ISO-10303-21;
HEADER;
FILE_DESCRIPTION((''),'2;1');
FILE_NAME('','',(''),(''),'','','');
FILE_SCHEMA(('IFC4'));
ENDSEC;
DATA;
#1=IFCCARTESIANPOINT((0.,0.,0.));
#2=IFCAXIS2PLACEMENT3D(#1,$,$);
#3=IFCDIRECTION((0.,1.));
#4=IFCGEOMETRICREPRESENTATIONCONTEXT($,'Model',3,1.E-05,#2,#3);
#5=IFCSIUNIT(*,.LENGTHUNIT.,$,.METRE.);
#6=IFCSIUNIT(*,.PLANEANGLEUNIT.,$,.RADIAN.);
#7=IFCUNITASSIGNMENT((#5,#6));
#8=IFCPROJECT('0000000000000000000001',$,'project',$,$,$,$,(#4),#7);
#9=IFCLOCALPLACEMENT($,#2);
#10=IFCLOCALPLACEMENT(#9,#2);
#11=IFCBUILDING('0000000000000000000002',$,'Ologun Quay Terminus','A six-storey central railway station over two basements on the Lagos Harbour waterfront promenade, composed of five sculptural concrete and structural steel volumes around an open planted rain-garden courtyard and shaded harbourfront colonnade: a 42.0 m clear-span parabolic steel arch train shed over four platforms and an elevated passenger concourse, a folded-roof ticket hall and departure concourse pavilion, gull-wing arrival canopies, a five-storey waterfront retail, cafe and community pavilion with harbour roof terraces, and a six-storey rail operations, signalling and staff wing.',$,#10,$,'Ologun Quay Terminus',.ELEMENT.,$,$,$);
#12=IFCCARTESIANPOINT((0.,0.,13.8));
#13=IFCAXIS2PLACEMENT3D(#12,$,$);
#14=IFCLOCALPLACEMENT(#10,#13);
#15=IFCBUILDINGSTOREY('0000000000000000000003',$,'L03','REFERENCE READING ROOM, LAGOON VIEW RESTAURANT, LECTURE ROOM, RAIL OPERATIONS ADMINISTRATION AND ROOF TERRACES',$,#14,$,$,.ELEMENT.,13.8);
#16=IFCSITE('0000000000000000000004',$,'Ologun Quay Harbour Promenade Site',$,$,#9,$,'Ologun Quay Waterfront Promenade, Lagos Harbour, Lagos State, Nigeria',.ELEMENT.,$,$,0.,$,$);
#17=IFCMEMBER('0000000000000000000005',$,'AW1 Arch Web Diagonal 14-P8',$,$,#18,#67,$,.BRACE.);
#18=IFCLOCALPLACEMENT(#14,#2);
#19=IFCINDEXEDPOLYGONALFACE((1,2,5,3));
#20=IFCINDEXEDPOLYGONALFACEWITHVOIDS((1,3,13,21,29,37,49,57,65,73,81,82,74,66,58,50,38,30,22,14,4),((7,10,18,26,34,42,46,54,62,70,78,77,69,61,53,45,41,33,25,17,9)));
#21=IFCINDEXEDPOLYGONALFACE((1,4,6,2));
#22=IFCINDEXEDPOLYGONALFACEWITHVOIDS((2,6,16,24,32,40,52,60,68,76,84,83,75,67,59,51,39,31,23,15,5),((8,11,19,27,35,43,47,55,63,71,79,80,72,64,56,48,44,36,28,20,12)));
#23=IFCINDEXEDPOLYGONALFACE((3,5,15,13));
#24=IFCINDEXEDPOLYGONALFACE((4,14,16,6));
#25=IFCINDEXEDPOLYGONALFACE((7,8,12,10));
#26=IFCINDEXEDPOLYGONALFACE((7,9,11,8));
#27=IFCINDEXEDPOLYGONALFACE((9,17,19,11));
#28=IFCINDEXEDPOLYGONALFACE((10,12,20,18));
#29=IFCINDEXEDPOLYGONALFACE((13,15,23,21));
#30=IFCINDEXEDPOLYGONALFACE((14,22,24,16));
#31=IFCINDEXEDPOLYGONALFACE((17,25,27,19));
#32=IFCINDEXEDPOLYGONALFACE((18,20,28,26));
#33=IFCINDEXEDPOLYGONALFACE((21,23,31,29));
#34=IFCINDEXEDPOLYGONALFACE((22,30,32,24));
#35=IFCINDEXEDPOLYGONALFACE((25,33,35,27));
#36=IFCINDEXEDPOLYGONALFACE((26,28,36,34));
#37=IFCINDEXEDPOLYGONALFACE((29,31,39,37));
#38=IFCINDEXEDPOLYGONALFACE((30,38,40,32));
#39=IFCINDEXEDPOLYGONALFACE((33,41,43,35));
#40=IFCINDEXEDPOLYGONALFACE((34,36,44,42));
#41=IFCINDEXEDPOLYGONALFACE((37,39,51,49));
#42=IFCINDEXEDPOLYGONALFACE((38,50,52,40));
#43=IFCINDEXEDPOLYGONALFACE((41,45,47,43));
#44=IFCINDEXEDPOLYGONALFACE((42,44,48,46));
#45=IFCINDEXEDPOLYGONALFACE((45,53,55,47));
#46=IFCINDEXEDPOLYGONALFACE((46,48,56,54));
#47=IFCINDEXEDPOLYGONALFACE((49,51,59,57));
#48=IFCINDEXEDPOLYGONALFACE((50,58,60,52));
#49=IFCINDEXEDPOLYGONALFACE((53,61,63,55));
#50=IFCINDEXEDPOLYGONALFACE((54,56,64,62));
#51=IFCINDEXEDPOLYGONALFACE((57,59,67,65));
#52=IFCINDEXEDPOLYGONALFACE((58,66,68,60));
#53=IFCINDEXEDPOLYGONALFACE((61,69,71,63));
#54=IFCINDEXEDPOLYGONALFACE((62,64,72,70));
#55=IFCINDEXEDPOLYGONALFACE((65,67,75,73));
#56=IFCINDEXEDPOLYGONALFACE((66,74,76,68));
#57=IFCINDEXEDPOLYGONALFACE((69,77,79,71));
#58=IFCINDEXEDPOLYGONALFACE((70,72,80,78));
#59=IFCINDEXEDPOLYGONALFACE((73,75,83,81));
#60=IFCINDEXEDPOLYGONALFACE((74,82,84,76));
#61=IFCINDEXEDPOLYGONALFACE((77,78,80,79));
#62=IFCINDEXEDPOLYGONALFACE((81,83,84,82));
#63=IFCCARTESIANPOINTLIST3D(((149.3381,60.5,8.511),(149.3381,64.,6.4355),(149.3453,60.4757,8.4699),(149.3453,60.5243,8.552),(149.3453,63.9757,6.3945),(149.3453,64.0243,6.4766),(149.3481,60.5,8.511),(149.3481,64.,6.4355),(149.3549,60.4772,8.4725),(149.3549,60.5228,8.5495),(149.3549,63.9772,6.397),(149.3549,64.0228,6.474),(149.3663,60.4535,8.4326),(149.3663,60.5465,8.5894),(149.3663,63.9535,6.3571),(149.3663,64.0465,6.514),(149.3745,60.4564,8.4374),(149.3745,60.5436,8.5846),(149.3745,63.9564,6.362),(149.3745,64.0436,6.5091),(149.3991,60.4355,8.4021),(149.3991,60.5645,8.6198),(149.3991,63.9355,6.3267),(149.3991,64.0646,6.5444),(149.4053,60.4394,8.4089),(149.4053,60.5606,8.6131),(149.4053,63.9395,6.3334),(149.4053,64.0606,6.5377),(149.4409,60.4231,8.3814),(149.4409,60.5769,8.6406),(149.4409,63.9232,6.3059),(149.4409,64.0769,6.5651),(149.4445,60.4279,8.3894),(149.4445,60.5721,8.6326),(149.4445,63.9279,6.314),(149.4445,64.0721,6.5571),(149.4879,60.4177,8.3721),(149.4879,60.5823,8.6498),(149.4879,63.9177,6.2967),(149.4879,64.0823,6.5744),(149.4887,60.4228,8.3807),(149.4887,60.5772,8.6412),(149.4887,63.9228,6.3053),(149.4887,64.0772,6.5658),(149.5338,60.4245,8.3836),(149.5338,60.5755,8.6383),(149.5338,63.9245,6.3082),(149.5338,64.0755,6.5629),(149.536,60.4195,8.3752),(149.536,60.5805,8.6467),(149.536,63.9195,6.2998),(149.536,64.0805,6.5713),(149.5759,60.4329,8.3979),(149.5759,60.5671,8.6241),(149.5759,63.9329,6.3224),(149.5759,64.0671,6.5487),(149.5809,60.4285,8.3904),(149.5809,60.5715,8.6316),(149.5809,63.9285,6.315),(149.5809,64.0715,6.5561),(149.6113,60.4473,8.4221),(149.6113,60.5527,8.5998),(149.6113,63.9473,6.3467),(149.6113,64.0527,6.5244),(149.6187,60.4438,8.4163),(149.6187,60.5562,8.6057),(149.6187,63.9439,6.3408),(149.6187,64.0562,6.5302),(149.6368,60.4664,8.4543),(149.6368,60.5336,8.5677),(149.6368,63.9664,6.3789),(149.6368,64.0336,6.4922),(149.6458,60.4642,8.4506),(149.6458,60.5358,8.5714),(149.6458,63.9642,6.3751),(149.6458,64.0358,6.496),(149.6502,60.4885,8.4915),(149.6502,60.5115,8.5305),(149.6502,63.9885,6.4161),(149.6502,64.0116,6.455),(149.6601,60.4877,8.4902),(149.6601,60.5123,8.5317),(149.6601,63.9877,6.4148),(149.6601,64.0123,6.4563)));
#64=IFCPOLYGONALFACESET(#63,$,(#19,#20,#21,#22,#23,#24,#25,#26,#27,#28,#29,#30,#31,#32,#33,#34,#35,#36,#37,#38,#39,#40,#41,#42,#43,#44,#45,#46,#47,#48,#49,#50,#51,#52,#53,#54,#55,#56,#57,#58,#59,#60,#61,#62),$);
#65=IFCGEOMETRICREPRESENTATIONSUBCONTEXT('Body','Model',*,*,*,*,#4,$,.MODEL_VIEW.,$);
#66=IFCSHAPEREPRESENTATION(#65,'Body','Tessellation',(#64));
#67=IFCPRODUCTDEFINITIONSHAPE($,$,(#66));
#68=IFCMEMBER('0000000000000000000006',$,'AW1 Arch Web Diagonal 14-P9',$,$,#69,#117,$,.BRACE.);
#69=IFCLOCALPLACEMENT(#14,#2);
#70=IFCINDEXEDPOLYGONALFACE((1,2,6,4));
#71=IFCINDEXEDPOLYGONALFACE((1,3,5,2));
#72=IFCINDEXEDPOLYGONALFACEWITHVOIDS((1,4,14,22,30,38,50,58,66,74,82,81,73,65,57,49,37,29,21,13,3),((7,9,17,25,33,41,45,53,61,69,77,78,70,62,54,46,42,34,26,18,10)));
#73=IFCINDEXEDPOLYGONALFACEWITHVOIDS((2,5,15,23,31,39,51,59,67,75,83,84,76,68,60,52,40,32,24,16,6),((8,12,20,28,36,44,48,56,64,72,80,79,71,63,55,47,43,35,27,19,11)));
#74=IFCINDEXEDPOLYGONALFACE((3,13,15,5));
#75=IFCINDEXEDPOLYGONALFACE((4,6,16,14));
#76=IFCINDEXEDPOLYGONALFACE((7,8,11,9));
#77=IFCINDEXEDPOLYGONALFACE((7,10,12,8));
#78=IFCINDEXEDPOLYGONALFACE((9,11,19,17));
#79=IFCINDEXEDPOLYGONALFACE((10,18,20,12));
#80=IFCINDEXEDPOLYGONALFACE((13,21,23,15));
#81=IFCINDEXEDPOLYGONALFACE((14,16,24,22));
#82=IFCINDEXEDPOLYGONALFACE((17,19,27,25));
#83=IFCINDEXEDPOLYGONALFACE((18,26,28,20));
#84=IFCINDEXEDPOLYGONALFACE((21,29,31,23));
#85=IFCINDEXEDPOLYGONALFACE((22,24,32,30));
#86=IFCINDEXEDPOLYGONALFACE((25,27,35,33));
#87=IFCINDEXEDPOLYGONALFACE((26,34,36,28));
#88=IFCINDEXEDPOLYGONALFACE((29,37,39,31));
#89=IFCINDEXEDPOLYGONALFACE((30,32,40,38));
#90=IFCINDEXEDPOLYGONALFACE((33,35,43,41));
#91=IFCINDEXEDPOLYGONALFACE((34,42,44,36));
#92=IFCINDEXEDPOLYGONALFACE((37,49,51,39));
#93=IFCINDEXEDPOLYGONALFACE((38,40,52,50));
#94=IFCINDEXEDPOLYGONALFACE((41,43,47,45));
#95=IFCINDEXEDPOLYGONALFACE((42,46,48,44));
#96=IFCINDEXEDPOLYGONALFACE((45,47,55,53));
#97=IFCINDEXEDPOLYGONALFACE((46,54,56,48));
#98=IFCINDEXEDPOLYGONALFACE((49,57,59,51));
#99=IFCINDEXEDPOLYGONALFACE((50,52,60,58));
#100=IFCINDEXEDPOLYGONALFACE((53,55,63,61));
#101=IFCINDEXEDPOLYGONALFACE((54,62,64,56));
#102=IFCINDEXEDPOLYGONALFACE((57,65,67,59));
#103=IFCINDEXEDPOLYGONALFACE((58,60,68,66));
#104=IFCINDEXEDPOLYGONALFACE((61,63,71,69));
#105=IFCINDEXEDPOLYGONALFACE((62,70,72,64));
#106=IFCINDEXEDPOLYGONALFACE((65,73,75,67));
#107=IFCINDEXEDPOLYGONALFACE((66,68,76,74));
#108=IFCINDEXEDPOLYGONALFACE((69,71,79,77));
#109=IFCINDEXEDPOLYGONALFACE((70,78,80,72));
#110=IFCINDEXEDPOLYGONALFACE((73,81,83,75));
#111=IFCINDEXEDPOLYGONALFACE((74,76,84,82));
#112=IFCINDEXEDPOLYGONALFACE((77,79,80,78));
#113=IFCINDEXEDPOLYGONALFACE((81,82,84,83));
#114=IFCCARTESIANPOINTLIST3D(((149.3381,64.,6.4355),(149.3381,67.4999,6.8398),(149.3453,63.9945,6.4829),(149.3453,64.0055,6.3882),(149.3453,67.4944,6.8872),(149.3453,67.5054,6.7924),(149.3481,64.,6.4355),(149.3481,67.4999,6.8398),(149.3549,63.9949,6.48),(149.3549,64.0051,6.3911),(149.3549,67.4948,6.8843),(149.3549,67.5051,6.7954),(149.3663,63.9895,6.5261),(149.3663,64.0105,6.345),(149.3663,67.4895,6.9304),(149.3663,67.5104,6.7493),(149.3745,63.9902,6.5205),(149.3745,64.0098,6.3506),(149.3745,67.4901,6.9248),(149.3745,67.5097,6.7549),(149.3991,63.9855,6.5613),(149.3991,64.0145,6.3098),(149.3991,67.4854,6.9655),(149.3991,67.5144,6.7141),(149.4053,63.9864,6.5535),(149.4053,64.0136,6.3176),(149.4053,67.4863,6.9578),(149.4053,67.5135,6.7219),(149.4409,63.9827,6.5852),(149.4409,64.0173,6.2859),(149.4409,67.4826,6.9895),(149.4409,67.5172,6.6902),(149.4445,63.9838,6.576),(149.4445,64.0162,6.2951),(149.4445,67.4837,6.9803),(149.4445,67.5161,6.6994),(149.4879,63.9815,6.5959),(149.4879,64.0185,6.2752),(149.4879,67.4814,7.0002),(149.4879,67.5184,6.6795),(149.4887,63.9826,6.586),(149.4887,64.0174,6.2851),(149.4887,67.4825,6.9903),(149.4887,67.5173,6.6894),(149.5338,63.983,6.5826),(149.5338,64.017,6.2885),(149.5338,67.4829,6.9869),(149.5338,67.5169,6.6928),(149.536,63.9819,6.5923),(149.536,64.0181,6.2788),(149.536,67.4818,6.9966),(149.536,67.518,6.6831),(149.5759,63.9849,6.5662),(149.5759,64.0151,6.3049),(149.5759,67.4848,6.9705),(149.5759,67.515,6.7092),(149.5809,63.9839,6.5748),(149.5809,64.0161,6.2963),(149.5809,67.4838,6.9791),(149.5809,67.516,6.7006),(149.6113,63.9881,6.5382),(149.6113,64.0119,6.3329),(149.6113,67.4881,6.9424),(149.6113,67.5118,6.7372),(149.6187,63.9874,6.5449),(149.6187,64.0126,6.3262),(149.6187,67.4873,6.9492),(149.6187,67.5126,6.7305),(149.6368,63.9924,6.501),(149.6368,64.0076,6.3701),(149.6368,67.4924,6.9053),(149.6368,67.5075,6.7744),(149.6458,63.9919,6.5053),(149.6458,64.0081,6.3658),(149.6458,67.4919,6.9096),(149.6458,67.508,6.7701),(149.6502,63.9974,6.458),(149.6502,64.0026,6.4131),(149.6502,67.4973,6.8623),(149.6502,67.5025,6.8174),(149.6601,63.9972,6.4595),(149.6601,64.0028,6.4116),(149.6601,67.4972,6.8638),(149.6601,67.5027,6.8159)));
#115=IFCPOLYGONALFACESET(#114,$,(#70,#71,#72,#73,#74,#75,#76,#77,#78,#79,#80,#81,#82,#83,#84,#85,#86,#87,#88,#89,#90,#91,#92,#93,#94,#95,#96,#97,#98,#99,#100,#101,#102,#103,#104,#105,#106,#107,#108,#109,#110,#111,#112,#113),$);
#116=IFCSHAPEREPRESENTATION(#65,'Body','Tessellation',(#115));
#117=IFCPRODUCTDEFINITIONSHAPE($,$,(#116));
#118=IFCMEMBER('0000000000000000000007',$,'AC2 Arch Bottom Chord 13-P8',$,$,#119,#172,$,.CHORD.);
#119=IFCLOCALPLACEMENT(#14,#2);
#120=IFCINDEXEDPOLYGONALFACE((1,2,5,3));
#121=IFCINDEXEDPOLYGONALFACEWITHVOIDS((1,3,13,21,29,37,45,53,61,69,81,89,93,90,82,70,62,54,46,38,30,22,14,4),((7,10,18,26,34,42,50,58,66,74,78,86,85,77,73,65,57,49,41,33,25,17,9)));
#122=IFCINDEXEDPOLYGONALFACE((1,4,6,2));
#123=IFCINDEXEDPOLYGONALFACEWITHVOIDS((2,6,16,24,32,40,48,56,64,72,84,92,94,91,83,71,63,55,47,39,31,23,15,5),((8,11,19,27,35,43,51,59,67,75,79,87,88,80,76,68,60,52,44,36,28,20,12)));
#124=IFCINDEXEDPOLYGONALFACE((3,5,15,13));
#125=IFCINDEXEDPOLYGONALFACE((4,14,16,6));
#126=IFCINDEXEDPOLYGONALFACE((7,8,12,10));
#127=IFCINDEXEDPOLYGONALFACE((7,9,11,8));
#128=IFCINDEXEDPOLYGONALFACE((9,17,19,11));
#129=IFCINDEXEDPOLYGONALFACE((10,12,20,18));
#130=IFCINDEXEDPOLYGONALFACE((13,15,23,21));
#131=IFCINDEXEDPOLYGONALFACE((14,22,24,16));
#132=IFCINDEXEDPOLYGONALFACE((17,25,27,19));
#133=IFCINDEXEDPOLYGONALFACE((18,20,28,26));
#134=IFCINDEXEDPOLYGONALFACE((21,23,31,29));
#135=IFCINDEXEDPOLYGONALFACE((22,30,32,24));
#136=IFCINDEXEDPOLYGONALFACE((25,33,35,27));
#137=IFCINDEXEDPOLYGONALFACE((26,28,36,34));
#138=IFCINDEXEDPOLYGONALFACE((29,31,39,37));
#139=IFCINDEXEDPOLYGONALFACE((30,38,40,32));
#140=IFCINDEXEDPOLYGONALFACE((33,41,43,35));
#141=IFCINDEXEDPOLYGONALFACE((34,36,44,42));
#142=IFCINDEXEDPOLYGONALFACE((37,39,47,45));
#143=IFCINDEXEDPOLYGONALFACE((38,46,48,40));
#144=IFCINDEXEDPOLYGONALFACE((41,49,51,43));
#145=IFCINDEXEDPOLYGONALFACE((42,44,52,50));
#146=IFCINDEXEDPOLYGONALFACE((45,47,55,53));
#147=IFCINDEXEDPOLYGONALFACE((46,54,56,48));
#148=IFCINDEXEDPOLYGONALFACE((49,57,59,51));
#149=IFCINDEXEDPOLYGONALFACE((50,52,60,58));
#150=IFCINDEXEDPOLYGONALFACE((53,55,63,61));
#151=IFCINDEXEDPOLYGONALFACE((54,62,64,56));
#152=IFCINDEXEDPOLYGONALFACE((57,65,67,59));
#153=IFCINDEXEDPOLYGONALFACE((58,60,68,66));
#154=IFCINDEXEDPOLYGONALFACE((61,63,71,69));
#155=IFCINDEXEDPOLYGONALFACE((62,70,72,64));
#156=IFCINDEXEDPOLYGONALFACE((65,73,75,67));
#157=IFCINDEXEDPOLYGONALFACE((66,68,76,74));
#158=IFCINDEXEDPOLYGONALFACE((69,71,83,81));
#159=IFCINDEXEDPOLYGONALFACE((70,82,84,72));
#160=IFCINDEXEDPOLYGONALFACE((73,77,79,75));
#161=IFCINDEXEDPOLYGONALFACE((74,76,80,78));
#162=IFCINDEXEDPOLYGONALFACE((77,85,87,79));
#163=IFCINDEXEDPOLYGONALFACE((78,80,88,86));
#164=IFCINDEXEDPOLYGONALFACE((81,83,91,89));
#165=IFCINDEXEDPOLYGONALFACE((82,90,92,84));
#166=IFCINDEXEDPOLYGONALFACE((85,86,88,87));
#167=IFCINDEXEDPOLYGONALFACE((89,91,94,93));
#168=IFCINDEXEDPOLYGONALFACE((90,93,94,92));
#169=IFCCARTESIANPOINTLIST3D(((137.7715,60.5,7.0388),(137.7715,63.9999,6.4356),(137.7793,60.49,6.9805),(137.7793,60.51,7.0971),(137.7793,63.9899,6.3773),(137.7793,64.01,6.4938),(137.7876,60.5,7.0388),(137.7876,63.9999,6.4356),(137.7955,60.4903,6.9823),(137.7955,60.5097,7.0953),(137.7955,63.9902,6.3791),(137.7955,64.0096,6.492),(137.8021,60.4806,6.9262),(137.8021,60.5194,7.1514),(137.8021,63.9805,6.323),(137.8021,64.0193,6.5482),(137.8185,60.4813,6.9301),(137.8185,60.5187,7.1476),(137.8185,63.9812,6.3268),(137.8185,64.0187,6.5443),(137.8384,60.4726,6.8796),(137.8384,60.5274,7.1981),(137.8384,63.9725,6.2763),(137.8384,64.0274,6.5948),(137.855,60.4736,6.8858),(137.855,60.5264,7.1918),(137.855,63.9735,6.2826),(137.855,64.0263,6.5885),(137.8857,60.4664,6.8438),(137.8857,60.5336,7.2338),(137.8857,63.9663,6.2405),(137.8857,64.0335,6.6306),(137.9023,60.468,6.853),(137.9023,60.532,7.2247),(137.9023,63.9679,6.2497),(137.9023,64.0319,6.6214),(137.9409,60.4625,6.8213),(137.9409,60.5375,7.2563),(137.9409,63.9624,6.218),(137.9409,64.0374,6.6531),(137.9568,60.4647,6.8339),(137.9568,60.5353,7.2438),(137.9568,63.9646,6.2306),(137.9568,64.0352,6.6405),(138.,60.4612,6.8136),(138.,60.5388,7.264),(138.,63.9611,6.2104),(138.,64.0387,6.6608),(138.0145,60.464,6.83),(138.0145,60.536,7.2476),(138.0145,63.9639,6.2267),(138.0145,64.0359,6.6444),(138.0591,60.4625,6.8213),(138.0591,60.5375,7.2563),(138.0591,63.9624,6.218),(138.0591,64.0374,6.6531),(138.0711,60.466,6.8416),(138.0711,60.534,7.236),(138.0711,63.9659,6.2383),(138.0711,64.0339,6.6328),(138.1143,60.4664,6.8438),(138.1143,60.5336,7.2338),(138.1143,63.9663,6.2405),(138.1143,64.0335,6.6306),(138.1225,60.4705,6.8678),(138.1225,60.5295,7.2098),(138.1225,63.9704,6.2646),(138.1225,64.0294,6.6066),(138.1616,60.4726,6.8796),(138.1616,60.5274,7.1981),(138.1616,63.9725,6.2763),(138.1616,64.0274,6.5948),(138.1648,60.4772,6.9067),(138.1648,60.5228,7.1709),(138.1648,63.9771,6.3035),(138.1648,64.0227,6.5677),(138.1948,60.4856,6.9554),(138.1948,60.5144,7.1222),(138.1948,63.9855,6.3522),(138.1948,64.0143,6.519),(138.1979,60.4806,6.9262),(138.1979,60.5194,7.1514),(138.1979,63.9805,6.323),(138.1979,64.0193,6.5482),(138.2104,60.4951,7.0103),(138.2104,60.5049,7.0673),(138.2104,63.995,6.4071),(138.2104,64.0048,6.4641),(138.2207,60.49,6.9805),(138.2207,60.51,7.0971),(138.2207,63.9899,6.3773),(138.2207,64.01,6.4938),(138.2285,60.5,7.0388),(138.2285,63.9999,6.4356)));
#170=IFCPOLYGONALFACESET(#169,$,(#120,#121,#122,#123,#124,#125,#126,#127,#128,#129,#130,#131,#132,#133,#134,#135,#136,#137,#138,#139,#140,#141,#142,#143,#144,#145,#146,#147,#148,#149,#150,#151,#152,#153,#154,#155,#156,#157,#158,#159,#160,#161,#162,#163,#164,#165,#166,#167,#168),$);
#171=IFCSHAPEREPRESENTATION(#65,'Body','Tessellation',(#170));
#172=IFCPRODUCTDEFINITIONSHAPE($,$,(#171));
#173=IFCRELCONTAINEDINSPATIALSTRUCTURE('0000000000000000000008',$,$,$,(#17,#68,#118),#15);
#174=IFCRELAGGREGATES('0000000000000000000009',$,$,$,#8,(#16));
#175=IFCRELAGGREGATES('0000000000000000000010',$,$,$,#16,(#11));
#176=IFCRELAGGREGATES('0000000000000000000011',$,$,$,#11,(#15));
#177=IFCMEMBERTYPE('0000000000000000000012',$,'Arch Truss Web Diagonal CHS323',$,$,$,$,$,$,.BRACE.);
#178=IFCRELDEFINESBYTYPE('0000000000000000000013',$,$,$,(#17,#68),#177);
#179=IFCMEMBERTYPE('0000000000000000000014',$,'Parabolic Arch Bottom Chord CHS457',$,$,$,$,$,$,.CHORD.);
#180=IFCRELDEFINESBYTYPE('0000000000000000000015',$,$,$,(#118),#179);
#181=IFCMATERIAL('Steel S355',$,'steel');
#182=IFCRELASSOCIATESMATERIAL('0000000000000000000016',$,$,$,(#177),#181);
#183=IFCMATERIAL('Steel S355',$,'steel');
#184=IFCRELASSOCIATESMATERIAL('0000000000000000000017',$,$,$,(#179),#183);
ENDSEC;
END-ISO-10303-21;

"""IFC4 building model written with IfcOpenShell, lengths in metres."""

from ifc_helpers import new_model, si_unit, direction, frame, origin, origin_2d, place, context, subcontext, project, spatial, hollow_circle, extrude, material, material_profile, profile_set, type_object, element, save


model = new_model("IFC4")

# Units and contexts
model_context = context("Model", 3, precision=1e-05, world=origin(), true_north=direction((0.0, 1.0)))
body_context = subcontext(model_context, "Body", "Model", "MODEL_VIEW")
ifc_project = project(units=[si_unit("LENGTHUNIT", "METRE"), si_unit("PLANEANGLEUNIT", "RADIAN")], contexts=[model_context])

# Site, building, storey
site_placement = place(None, origin())
site = spatial("IfcSite", under=ifc_project, at=site_placement, Name="Ologun Quay Harbour Promenade Site", LongName="Ologun Quay Waterfront Promenade, Lagos Harbour, Lagos State, Nigeria", CompositionType="ELEMENT", RefElevation=0.0)
building_placement = place(site_placement, origin())
building = spatial("IfcBuilding", under=site, at=building_placement, Name="Ologun Quay Terminus", Description="A six-storey central railway station over two basements on the Lagos Harbour waterfront promenade, composed of five sculptural concrete and structural steel volumes around an open planted rain-garden courtyard and shaded harbourfront colonnade: a 42.0 m clear-span parabolic steel arch train shed over four platforms and an elevated passenger concourse, a folded-roof ticket hall and departure concourse pavilion, gull-wing arrival canopies, a five-storey waterfront retail, cafe and community pavilion with harbour roof terraces, and a six-storey rail operations, signalling and staff wing.", LongName="Ologun Quay Terminus", CompositionType="ELEMENT")
storey_placement = place(building_placement, frame((0.0, 0.0, 13.8)))
storey = spatial("IfcBuildingStorey", under=building, at=storey_placement, Name="L03", Description="REFERENCE READING ROOM, LAGOON VIEW RESTAURANT, LECTURE ROOM, RAIL OPERATIONS ADMINISTRATION AND ROOF TERRACES", CompositionType="ELEMENT", Elevation=13.8)

# Members
ifc_material_1 = material(Name="Steel S355", Category="steel")
ifc_material_profile_1 = material_profile(ifc_material_1, hollow_circle(Radius=0.1619, WallThickness=0.01, at=origin_2d()), Name="CHS 323.9x10")
ifc_profile_set_1 = profile_set([ifc_material_profile_1], Name="Steel S355")
member_type_1 = type_object("IfcMemberType", Name="Arch Truss Web Diagonal CHS323", PredefinedType="BRACE", material=ifc_profile_set_1)
member_1_placement = place(storey_placement, frame((149.5, 60.5, 8.511), z_axis=(0.0, 0.860144, -0.510051), x_axis=(-1.0, 0.0, 0.0)))
element("IfcMember", 1, at=member_1_placement, inside=storey, type_object=member_type_1, Name="AW1 Arch Web Diagonal 14-P8", PredefinedType="BRACE", context=body_context, shape_type="SweptSolid", body=[
    extrude(hollow_circle(Radius=0.1619, WallThickness=0.01, at=origin_2d()), origin(), (0.0, 0.0, 1.0), 4.0691),
])
member_2_placement = place(storey_placement, frame((149.5, 64.0, 6.4355), z_axis=(0.0, 0.993394, 0.11475), x_axis=(-1.0, 0.0, 0.0)))
element("IfcMember", 2, at=member_2_placement, inside=storey, type_object=member_type_1, Name="AW1 Arch Web Diagonal 14-P9", PredefinedType="BRACE", context=body_context, shape_type="SweptSolid", body=[
    extrude(hollow_circle(Radius=0.1619, WallThickness=0.01, at=origin_2d()), origin(), (0.0, 0.0, 1.0), 3.5232),
])
ifc_material_2 = material(Name="Steel S355", Category="steel")
ifc_material_profile_2 = material_profile(ifc_material_2, hollow_circle(Radius=0.2285, WallThickness=0.0161, at=origin_2d()), Name="CHS 457x16")
ifc_profile_set_2 = profile_set([ifc_material_profile_2], Name="Steel S355")
member_type_2 = type_object("IfcMemberType", Name="Parabolic Arch Bottom Chord CHS457", PredefinedType="CHORD", material=ifc_profile_set_2)
member_3_placement = place(storey_placement, frame((138.0, 60.5, 7.0388), z_axis=(0.0, 0.985468, -0.169859), x_axis=(-1.0, 0.0, 0.0)))
element("IfcMember", 3, at=member_3_placement, inside=storey, type_object=member_type_2, Name="AC2 Arch Bottom Chord 13-P8", PredefinedType="CHORD", context=body_context, shape_type="SweptSolid", body=[
    extrude(hollow_circle(Radius=0.2285, WallThickness=0.0161, at=origin_2d()), origin(), (0.0, 0.0, 1.0), 3.5515),
])

save(model, "model.ifc")
